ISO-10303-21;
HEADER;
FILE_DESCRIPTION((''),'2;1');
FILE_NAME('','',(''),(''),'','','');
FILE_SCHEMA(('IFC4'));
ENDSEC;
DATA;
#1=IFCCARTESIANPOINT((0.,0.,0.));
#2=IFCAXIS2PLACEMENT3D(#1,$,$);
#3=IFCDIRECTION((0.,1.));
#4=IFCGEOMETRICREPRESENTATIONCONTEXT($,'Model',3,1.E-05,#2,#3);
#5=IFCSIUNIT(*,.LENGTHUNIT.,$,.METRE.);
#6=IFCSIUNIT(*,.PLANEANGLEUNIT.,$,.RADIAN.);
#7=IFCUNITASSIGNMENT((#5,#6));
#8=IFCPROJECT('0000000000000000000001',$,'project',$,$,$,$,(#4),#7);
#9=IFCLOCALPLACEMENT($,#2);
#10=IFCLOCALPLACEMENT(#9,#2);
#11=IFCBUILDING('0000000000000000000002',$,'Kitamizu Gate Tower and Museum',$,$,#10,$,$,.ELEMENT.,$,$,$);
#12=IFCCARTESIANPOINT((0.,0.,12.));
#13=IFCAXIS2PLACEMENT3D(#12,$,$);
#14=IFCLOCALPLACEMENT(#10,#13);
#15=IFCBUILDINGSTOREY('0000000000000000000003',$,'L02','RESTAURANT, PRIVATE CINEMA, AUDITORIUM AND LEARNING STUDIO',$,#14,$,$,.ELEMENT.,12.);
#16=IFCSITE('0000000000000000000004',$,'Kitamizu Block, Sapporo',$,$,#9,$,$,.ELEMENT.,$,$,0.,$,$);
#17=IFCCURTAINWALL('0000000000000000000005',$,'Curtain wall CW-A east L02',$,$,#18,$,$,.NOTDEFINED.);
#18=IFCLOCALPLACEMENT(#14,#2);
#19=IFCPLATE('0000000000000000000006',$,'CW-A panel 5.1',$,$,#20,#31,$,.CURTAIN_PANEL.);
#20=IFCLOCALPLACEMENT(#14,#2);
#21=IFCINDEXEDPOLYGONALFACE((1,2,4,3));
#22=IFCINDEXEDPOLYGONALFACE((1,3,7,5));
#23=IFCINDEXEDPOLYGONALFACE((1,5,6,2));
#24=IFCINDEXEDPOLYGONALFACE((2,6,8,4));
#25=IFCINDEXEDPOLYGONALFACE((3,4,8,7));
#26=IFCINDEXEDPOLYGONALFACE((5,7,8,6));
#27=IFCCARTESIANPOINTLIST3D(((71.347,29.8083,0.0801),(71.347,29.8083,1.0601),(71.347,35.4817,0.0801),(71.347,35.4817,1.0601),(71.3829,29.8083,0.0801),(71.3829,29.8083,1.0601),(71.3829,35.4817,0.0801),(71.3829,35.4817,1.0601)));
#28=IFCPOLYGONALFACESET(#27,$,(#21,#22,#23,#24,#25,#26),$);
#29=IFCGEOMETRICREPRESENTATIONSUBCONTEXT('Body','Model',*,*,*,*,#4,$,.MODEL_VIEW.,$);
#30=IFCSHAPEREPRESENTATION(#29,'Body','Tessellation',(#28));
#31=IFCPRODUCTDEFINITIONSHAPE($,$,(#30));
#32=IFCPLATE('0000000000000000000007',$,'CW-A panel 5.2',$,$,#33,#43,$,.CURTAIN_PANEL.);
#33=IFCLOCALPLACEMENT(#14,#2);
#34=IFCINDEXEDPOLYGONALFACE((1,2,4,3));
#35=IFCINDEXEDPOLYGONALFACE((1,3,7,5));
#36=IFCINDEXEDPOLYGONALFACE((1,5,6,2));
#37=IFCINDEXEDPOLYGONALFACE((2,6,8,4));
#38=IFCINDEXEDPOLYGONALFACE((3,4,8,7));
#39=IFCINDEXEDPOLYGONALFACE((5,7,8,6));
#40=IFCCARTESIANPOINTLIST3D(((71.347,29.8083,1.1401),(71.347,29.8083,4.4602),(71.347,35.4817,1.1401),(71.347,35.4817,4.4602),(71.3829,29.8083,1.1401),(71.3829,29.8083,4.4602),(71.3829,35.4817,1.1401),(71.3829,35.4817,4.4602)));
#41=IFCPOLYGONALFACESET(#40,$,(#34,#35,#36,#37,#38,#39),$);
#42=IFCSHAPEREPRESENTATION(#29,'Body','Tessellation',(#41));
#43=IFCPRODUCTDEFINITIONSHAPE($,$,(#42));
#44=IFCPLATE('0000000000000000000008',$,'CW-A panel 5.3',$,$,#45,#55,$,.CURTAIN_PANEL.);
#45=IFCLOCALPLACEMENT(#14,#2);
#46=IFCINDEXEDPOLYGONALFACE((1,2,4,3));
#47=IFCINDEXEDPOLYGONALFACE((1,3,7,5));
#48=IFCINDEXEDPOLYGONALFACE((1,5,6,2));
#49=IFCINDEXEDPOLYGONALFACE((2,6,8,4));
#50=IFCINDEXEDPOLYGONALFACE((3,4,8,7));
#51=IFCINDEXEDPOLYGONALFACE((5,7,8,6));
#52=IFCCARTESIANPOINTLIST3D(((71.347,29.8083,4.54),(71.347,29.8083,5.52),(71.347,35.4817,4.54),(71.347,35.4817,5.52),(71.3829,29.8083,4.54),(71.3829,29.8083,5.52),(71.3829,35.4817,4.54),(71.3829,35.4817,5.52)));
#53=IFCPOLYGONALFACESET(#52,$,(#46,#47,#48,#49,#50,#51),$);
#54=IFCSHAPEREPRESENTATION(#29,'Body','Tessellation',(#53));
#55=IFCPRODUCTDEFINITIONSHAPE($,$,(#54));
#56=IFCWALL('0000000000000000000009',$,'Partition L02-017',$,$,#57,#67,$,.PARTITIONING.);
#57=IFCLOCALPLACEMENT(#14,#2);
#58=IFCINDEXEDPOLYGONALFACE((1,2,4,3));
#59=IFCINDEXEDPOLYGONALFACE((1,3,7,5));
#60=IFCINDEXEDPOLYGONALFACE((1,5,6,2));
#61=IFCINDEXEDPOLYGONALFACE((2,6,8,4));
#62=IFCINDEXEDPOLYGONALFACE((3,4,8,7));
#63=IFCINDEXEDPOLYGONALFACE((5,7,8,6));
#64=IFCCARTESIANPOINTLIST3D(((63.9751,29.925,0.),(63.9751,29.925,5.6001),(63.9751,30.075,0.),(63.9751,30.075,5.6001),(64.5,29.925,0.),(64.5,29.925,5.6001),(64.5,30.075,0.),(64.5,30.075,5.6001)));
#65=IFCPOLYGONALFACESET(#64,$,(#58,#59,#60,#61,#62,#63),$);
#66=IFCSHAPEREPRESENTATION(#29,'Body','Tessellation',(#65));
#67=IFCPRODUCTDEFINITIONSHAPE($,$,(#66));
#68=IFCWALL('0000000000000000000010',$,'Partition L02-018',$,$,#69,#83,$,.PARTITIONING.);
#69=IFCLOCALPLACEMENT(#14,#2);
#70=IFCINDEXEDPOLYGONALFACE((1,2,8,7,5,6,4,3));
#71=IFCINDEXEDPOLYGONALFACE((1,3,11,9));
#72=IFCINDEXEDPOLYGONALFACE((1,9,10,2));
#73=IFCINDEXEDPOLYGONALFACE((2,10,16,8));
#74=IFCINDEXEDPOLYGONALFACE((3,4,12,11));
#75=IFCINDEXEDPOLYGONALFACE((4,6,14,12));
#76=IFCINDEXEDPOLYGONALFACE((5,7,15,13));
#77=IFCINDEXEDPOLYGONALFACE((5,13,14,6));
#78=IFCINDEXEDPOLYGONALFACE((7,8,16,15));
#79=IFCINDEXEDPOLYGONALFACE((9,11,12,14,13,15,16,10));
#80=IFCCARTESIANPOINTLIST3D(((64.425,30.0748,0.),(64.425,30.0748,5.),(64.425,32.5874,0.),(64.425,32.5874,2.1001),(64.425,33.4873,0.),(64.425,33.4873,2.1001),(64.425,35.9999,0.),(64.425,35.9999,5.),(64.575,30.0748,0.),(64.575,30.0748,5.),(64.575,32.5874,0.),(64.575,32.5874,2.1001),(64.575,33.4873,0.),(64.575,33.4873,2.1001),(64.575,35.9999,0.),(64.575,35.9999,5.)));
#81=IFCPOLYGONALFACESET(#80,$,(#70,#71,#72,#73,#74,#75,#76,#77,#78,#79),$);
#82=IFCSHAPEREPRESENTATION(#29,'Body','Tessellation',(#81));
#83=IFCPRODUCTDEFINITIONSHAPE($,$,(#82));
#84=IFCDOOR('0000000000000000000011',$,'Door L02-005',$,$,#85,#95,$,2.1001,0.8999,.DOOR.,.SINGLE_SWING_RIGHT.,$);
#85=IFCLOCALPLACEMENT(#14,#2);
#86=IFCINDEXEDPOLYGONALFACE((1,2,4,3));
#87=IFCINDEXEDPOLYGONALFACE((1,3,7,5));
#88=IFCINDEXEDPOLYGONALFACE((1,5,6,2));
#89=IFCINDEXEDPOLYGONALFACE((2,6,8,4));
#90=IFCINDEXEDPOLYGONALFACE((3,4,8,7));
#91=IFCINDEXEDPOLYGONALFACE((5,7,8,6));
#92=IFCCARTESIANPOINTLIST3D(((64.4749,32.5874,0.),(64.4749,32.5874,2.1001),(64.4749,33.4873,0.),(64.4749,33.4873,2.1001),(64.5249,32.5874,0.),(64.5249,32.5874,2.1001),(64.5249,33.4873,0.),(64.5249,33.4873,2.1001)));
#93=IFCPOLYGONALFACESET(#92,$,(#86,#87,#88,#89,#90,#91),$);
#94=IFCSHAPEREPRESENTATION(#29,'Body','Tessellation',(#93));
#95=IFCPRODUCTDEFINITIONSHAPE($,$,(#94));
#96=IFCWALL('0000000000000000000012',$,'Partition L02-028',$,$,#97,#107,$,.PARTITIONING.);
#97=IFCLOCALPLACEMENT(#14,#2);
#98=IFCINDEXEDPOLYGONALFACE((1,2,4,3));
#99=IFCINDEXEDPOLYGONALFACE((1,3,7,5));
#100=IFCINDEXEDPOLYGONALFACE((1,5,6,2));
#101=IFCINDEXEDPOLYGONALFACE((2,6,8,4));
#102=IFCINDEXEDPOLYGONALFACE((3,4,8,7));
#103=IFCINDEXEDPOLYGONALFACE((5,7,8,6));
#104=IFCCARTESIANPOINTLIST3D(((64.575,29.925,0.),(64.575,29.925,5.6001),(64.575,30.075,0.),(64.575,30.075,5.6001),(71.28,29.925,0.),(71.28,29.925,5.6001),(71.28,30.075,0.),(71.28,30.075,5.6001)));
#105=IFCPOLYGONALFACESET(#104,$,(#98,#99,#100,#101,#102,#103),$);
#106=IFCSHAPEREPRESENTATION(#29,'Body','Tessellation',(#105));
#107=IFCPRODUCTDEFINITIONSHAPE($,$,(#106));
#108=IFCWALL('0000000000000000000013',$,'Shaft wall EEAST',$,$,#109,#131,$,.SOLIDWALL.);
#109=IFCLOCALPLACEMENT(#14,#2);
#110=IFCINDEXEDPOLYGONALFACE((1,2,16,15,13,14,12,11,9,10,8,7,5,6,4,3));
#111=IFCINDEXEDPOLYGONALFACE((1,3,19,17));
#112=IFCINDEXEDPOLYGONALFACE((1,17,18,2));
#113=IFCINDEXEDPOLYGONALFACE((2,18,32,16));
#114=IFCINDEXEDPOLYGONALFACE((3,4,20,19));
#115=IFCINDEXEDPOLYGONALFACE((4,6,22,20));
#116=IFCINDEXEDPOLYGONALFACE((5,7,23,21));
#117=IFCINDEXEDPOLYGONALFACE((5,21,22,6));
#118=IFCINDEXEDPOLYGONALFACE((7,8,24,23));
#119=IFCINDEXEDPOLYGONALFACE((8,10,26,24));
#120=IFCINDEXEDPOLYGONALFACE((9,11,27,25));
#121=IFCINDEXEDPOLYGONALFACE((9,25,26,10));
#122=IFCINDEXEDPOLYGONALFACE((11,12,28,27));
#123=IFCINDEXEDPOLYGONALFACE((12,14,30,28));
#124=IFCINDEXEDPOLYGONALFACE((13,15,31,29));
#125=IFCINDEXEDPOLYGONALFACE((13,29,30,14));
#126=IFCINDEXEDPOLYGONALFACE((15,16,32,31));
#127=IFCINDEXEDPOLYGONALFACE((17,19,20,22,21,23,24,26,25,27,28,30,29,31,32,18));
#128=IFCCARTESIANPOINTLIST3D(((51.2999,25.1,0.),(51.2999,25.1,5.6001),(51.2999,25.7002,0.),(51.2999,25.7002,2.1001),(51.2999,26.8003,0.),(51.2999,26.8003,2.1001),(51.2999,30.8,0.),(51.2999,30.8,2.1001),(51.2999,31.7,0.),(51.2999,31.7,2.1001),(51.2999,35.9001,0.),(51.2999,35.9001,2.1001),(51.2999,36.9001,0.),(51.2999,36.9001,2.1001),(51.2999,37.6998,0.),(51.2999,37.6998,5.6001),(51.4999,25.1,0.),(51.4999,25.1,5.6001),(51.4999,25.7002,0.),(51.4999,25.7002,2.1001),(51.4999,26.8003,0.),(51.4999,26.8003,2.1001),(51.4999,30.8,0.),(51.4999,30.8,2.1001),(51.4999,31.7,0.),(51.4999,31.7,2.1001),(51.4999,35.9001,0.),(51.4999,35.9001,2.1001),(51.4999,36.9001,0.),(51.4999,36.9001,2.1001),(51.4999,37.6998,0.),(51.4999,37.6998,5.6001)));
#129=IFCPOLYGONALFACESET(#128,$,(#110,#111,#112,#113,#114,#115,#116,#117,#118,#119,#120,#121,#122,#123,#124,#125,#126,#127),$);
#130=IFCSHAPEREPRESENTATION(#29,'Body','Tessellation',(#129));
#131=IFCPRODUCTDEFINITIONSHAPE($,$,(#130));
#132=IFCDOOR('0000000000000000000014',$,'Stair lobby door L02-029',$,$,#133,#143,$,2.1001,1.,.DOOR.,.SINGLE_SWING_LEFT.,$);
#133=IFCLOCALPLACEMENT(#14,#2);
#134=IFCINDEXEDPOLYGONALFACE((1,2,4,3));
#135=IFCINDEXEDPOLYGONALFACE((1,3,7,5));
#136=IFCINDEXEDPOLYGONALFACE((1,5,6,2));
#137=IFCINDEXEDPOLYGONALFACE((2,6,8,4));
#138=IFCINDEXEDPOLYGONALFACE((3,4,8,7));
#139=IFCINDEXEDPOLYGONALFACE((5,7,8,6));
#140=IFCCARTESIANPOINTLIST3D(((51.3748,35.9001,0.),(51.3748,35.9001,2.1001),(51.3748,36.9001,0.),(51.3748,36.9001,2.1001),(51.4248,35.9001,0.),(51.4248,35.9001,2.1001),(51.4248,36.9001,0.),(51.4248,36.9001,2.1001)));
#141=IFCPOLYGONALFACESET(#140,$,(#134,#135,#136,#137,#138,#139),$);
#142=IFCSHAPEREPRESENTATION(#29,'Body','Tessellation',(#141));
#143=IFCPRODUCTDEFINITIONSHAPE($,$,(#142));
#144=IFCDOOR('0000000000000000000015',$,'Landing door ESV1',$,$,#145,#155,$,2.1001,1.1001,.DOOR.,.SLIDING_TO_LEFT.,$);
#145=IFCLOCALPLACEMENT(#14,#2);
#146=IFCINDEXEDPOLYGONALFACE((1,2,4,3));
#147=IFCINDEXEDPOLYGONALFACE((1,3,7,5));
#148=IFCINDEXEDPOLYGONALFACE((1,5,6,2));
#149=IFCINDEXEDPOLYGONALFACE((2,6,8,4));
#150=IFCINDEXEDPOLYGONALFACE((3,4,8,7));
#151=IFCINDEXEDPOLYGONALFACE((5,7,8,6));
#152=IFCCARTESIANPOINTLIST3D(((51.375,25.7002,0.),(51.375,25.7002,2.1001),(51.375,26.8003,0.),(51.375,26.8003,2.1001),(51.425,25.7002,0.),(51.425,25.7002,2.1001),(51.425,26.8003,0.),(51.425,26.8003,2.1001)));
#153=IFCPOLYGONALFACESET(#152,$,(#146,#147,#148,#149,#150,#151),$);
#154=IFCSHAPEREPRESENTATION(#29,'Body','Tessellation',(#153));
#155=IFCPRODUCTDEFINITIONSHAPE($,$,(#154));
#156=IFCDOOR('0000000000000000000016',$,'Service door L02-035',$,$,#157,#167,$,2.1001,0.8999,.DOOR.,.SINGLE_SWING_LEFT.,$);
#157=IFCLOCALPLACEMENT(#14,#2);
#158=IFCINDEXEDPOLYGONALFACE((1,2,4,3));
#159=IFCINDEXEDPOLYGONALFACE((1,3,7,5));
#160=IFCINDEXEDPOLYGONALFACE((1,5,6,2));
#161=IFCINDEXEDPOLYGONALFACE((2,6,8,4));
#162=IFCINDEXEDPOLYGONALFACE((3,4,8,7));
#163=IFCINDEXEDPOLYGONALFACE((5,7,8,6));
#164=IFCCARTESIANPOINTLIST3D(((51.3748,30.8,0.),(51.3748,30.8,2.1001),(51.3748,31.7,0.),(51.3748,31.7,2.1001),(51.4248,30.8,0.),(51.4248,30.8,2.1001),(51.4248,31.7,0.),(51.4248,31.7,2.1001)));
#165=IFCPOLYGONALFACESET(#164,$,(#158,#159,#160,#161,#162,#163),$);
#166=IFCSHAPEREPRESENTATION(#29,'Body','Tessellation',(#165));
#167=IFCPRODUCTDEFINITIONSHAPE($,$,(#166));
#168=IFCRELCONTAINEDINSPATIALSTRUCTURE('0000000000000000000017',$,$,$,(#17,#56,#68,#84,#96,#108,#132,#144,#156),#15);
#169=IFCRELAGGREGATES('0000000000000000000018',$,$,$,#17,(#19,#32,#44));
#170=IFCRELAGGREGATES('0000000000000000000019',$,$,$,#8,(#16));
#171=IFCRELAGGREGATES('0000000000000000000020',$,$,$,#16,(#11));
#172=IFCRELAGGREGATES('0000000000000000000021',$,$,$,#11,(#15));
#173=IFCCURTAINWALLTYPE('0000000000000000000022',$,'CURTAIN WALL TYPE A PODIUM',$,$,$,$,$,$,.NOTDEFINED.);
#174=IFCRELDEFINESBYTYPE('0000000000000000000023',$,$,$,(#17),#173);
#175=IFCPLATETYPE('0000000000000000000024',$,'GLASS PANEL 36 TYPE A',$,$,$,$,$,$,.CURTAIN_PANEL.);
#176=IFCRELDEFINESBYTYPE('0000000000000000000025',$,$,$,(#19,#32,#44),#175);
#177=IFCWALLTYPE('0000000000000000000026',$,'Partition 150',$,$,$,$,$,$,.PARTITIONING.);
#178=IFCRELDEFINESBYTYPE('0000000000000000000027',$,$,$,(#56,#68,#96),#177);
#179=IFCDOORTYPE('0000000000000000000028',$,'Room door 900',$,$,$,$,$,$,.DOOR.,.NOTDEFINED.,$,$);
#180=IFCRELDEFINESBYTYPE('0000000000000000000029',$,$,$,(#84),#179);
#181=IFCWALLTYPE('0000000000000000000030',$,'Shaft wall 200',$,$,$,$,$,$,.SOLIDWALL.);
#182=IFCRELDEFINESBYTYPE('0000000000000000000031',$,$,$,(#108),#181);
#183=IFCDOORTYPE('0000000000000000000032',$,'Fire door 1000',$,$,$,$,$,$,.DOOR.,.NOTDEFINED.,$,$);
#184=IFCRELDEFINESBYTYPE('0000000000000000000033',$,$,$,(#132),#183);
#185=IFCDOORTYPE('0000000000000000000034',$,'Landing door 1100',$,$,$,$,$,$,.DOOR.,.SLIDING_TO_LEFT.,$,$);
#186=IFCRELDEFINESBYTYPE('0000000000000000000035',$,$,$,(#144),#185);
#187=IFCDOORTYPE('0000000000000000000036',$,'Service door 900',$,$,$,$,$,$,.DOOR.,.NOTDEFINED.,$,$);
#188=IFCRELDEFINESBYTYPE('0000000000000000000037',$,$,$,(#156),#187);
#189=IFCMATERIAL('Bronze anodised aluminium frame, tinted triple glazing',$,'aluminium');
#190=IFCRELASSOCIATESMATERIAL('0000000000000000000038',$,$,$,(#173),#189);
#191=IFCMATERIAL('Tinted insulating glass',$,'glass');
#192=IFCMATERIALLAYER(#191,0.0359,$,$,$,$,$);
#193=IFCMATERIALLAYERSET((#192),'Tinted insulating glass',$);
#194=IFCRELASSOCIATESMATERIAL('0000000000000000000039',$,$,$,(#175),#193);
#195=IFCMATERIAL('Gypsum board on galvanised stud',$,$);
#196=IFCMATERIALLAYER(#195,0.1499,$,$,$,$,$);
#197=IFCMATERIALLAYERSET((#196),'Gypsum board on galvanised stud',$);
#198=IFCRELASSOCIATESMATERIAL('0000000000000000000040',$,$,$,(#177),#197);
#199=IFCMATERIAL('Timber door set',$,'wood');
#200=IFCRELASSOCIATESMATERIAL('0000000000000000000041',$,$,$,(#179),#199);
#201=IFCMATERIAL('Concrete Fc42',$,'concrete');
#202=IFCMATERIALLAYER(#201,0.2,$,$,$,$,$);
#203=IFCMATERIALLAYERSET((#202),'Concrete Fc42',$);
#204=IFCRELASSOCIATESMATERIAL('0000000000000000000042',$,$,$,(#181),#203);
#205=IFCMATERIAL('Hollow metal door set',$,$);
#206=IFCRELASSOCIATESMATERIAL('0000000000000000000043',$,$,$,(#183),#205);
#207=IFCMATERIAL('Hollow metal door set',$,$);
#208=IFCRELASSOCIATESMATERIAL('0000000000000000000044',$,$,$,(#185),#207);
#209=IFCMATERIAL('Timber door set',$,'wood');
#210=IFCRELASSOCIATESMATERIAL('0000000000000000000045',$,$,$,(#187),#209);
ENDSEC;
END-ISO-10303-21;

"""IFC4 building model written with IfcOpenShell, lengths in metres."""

from ifc_helpers import new_model, si_unit, direction, frame, frame_2d, origin, origin_2d, place, context, subcontext, project, spatial, rectangle, extrude, material, layer, layer_set, type_object, element, fill, aggregate, save


model = new_model("IFC4")

# Units and contexts
model_context = context("Model", 3, precision=1e-05, world=origin(), true_north=direction((0.0, 1.0)))
body_context = subcontext(model_context, "Body", "Model", "MODEL_VIEW")
ifc_project = project(units=[si_unit("LENGTHUNIT", "METRE"), si_unit("PLANEANGLEUNIT", "RADIAN")], contexts=[model_context])

# Site, building, storey
site_placement = place(None, origin())
site = spatial("IfcSite", under=ifc_project, at=site_placement, Name="Kitamizu Block, Sapporo", CompositionType="ELEMENT", RefElevation=0.0)
building_placement = place(site_placement, origin())
building = spatial("IfcBuilding", under=site, at=building_placement, Name="Kitamizu Gate Tower and Museum", CompositionType="ELEMENT")
storey_placement = place(building_placement, frame((0.0, 0.0, 12.0)))
storey = spatial("IfcBuildingStorey", under=building, at=storey_placement, Name="L02", Description="RESTAURANT, PRIVATE CINEMA, AUDITORIUM AND LEARNING STUDIO", CompositionType="ELEMENT", Elevation=12.0)

# Curtain wall, plates
ifc_material_1 = material(Name="Bronze anodised aluminium frame, tinted triple glazing", Category="aluminium")
curtain_wall_type = type_object("IfcCurtainWallType", Name="CURTAIN WALL TYPE A PODIUM", PredefinedType="NOTDEFINED", material=ifc_material_1)
curtain_wall_placement = place(storey_placement, origin())
curtain_wall = element("IfcCurtainWall", 1, at=curtain_wall_placement, inside=storey, type_object=curtain_wall_type, Name="Curtain wall CW-A east L02", PredefinedType="NOTDEFINED")
ifc_material_2 = material(Name="Tinted insulating glass", Category="glass")
ifc_layer_1 = layer(ifc_material_2, 0.0359)
ifc_layer_set_1 = layer_set([ifc_layer_1], Name="Tinted insulating glass")
plate_type = type_object("IfcPlateType", Name="GLASS PANEL 36 TYPE A", PredefinedType="CURTAIN_PANEL", material=ifc_layer_set_1)
plate_1_placement = place(storey_placement, frame((71.365, 32.645, 0.0801), z_axis=(0.0, 0.0, 1.0), x_axis=(0.0, 1.0, 0.0)))
plate_1 = element("IfcPlate", 2, at=plate_1_placement, type_object=plate_type, Name="CW-A panel 5.1", PredefinedType="CURTAIN_PANEL", context=body_context, shape_type="SweptSolid", body=[
    extrude(rectangle(XDim=5.6733, YDim=0.0359, at=origin_2d()), origin(), (0.0, 0.0, 1.0), 0.98),
])
plate_2_placement = place(storey_placement, frame((71.365, 32.645, 1.1401), z_axis=(0.0, 0.0, 1.0), x_axis=(0.0, 1.0, 0.0)))
plate_2 = element("IfcPlate", 3, at=plate_2_placement, type_object=plate_type, Name="CW-A panel 5.2", PredefinedType="CURTAIN_PANEL", context=body_context, shape_type="SweptSolid", body=[
    extrude(rectangle(XDim=5.6733, YDim=0.0359, at=origin_2d()), origin(), (0.0, 0.0, 1.0), 3.3201),
])
plate_3_placement = place(storey_placement, frame((71.365, 32.645, 4.54), z_axis=(0.0, 0.0, 1.0), x_axis=(0.0, 1.0, 0.0)))
plate_3 = element("IfcPlate", 4, at=plate_3_placement, type_object=plate_type, Name="CW-A panel 5.3", PredefinedType="CURTAIN_PANEL", context=body_context, shape_type="SweptSolid", body=[
    extrude(rectangle(XDim=5.6733, YDim=0.0359, at=origin_2d()), origin(), (0.0, 0.0, 1.0), 0.98),
])
aggregate(curtain_wall, [plate_1, plate_2, plate_3])

# Wall
ifc_material_3 = material(Name="Gypsum board on galvanised stud")
ifc_layer_2 = layer(ifc_material_3, 0.1499)
ifc_layer_set_2 = layer_set([ifc_layer_2], Name="Gypsum board on galvanised stud")
wall_type_1 = type_object("IfcWallType", Name="Partition 150", PredefinedType="PARTITIONING", material=ifc_layer_set_2)
wall_1_placement = place(storey_placement, frame((63.9751, 30.0, 0.0), z_axis=(0.0, 0.0, 1.0), x_axis=(1.0, 0.0, 0.0)))
element("IfcWall", 5, at=wall_1_placement, inside=storey, type_object=wall_type_1, Name="Partition L02-017", PredefinedType="PARTITIONING", context=body_context, shape_type="SweptSolid", body=[
    extrude(rectangle(XDim=0.5249, YDim=0.1499, at=frame_2d((0.2625, 0.0))), origin(), (0.0, 0.0, 1.0), 5.6001),
])

# Wall, opening, door
wall_2_placement = place(storey_placement, frame((64.5, 30.075, 0.0), z_axis=(0.0, 0.0, 1.0), x_axis=(0.0, 1.0, 0.0)))
wall_2 = element("IfcWall", 6, at=wall_2_placement, inside=storey, type_object=wall_type_1, Name="Partition L02-018", PredefinedType="PARTITIONING", context=body_context, shape_type="SweptSolid", body=[
    extrude(rectangle(XDim=5.925, YDim=0.1499, at=frame_2d((2.9624, 0.0))), origin(), (0.0, 0.0, 1.0), 5.0),
])
opening_1_placement = place(wall_2_placement, frame((2.5125, 0.0, 0.0)))
opening_1 = element("IfcOpeningElement", 7, at=opening_1_placement, cuts=wall_2, PredefinedType="OPENING", context=body_context, shape_type="SweptSolid", body=[
    extrude(rectangle(XDim=0.8999, YDim=2.1001, at=frame_2d((0.45, 1.05))), frame((0.0, 0.085, 0.0), z_axis=(0.0, -1.0, 0.0), x_axis=(1.0, 0.0, 0.0)), (0.0, 0.0, 1.0), 0.1699),
])
ifc_material_4 = material(Name="Timber door set", Category="wood")
door_type_1 = type_object("IfcDoorType", Name="Room door 900", OperationType="NOTDEFINED", PredefinedType="DOOR", material=ifc_material_4)
door_1_placement = place(opening_1_placement, frame((0.8999, 0.0, 0.0), x_axis=(-1.0, 0.0, 0.0)))
door_1 = element("IfcDoor", 8, at=door_1_placement, inside=storey, type_object=door_type_1, Name="Door L02-005", OperationType="SINGLE_SWING_RIGHT", OverallHeight=2.1001, OverallWidth=0.8999, PredefinedType="DOOR", context=body_context, shape_type="SweptSolid", body=[
    extrude(rectangle(XDim=0.8999, YDim=2.1001, at=frame_2d((0.45, 1.05))), frame((0.0, 0.0249, 0.0), z_axis=(0.0, -1.0, 0.0), x_axis=(1.0, 0.0, 0.0)), (0.0, 0.0, 1.0), 0.05),
])
fill(opening_1, door_1)

# Wall
wall_3_placement = place(storey_placement, frame((71.28, 30.0, 0.0), z_axis=(0.0, 0.0, 1.0), x_axis=(-1.0, 0.0, 0.0)))
element("IfcWall", 9, at=wall_3_placement, inside=storey, type_object=wall_type_1, Name="Partition L02-028", PredefinedType="PARTITIONING", context=body_context, shape_type="SweptSolid", body=[
    extrude(rectangle(XDim=6.7051, YDim=0.1499, at=frame_2d((3.3525, 0.0))), origin(), (0.0, 0.0, 1.0), 5.6001),
])

# Wall, openings, doors
ifc_material_5 = material(Name="Concrete Fc42", Category="concrete")
ifc_layer_3 = layer(ifc_material_5, 0.2)
ifc_layer_set_3 = layer_set([ifc_layer_3], Name="Concrete Fc42")
wall_type_2 = type_object("IfcWallType", Name="Shaft wall 200", PredefinedType="SOLIDWALL", material=ifc_layer_set_3)
wall_4_placement = place(storey_placement, frame((51.3999, 25.1001, 0.0), z_axis=(0.0, 0.0, 1.0), x_axis=(0.0, 1.0, 0.0)))
wall_4 = element("IfcWall", 10, at=wall_4_placement, inside=storey, type_object=wall_type_2, Name="Shaft wall EEAST", PredefinedType="SOLIDWALL", context=body_context, shape_type="SweptSolid", body=[
    extrude(rectangle(XDim=12.5999, YDim=0.2, at=frame_2d((6.2998, 0.0))), origin(), (0.0, 0.0, 1.0), 5.6001),
])
opening_2_placement = place(wall_4_placement, frame((0.6001, 0.0, 0.0)))
opening_2 = element("IfcOpeningElement", 11, at=opening_2_placement, cuts=wall_4, PredefinedType="OPENING", context=body_context, shape_type="SweptSolid", body=[
    extrude(rectangle(XDim=1.1001, YDim=2.1001, at=frame_2d((0.55, 1.05))), frame((0.0, 0.1099, 0.0), z_axis=(0.0, -1.0, 0.0), x_axis=(1.0, 0.0, 0.0)), (0.0, 0.0, 1.0), 0.22),
])
opening_3_placement = place(wall_4_placement, frame((10.8, 0.0, 0.0)))
opening_3 = element("IfcOpeningElement", 12, at=opening_3_placement, cuts=wall_4, PredefinedType="OPENING", context=body_context, shape_type="SweptSolid", body=[
    extrude(rectangle(XDim=1.0, YDim=2.1001, at=frame_2d((0.5, 1.05))), frame((0.0, 0.1099, 0.0), z_axis=(0.0, -1.0, 0.0), x_axis=(1.0, 0.0, 0.0)), (0.0, 0.0, 1.0), 0.22),
])
opening_4_placement = place(wall_4_placement, frame((5.7, 0.0, 0.0)))
opening_4 = element("IfcOpeningElement", 13, at=opening_4_placement, cuts=wall_4, PredefinedType="OPENING", context=body_context, shape_type="SweptSolid", body=[
    extrude(rectangle(XDim=0.8999, YDim=2.1001, at=frame_2d((0.45, 1.05))), frame((0.0, 0.1099, 0.0), z_axis=(0.0, -1.0, 0.0), x_axis=(1.0, 0.0, 0.0)), (0.0, 0.0, 1.0), 0.22),
])
ifc_material_6 = material(Name="Hollow metal door set")
door_type_2 = type_object("IfcDoorType", Name="Fire door 1000", OperationType="NOTDEFINED", PredefinedType="DOOR", material=ifc_material_6)
door_2_placement = place(opening_3_placement, frame((1.0, 0.0, 0.0), x_axis=(-1.0, 0.0, 0.0)))
door_2 = element("IfcDoor", 14, at=door_2_placement, inside=storey, type_object=door_type_2, Name="Stair lobby door L02-029", OperationType="SINGLE_SWING_LEFT", OverallHeight=2.1001, OverallWidth=1.0, PredefinedType="DOOR", context=body_context, shape_type="SweptSolid", body=[
    extrude(rectangle(XDim=1.0, YDim=2.1001, at=frame_2d((0.5, 1.05))), frame((0.0, 0.0249, 0.0), z_axis=(0.0, -1.0, 0.0), x_axis=(1.0, 0.0, 0.0)), (0.0, 0.0, 1.0), 0.05),
])
fill(opening_3, door_2)
ifc_material_7 = material(Name="Hollow metal door set")
door_type_3 = type_object("IfcDoorType", Name="Landing door 1100", OperationType="SLIDING_TO_LEFT", PredefinedType="DOOR", material=ifc_material_7)
door_3_placement = place(opening_2_placement, origin())
door_3 = element("IfcDoor", 15, at=door_3_placement, inside=storey, type_object=door_type_3, Name="Landing door ESV1", OperationType="SLIDING_TO_LEFT", OverallHeight=2.1001, OverallWidth=1.1001, PredefinedType="DOOR", context=body_context, shape_type="SweptSolid", body=[
    extrude(rectangle(XDim=1.1001, YDim=2.1001, at=frame_2d((0.55, 1.05))), frame((0.0, 0.0249, 0.0), z_axis=(0.0, -1.0, 0.0), x_axis=(1.0, 0.0, 0.0)), (0.0, 0.0, 1.0), 0.05),
])
fill(opening_2, door_3)
ifc_material_8 = material(Name="Timber door set", Category="wood")
door_type_4 = type_object("IfcDoorType", Name="Service door 900", OperationType="NOTDEFINED", PredefinedType="DOOR", material=ifc_material_8)
door_4_placement = place(opening_4_placement, frame((0.8999, 0.0, 0.0), x_axis=(-1.0, 0.0, 0.0)))
door_4 = element("IfcDoor", 16, at=door_4_placement, inside=storey, type_object=door_type_4, Name="Service door L02-035", OperationType="SINGLE_SWING_LEFT", OverallHeight=2.1001, OverallWidth=0.8999, PredefinedType="DOOR", context=body_context, shape_type="SweptSolid", body=[
    extrude(rectangle(XDim=0.8999, YDim=2.1001, at=frame_2d((0.45, 1.05))), frame((0.0, 0.0249, 0.0), z_axis=(0.0, -1.0, 0.0), x_axis=(1.0, 0.0, 0.0)), (0.0, 0.0, 1.0), 0.05),
])
fill(opening_4, door_4)

save(model, "model.ifc")
